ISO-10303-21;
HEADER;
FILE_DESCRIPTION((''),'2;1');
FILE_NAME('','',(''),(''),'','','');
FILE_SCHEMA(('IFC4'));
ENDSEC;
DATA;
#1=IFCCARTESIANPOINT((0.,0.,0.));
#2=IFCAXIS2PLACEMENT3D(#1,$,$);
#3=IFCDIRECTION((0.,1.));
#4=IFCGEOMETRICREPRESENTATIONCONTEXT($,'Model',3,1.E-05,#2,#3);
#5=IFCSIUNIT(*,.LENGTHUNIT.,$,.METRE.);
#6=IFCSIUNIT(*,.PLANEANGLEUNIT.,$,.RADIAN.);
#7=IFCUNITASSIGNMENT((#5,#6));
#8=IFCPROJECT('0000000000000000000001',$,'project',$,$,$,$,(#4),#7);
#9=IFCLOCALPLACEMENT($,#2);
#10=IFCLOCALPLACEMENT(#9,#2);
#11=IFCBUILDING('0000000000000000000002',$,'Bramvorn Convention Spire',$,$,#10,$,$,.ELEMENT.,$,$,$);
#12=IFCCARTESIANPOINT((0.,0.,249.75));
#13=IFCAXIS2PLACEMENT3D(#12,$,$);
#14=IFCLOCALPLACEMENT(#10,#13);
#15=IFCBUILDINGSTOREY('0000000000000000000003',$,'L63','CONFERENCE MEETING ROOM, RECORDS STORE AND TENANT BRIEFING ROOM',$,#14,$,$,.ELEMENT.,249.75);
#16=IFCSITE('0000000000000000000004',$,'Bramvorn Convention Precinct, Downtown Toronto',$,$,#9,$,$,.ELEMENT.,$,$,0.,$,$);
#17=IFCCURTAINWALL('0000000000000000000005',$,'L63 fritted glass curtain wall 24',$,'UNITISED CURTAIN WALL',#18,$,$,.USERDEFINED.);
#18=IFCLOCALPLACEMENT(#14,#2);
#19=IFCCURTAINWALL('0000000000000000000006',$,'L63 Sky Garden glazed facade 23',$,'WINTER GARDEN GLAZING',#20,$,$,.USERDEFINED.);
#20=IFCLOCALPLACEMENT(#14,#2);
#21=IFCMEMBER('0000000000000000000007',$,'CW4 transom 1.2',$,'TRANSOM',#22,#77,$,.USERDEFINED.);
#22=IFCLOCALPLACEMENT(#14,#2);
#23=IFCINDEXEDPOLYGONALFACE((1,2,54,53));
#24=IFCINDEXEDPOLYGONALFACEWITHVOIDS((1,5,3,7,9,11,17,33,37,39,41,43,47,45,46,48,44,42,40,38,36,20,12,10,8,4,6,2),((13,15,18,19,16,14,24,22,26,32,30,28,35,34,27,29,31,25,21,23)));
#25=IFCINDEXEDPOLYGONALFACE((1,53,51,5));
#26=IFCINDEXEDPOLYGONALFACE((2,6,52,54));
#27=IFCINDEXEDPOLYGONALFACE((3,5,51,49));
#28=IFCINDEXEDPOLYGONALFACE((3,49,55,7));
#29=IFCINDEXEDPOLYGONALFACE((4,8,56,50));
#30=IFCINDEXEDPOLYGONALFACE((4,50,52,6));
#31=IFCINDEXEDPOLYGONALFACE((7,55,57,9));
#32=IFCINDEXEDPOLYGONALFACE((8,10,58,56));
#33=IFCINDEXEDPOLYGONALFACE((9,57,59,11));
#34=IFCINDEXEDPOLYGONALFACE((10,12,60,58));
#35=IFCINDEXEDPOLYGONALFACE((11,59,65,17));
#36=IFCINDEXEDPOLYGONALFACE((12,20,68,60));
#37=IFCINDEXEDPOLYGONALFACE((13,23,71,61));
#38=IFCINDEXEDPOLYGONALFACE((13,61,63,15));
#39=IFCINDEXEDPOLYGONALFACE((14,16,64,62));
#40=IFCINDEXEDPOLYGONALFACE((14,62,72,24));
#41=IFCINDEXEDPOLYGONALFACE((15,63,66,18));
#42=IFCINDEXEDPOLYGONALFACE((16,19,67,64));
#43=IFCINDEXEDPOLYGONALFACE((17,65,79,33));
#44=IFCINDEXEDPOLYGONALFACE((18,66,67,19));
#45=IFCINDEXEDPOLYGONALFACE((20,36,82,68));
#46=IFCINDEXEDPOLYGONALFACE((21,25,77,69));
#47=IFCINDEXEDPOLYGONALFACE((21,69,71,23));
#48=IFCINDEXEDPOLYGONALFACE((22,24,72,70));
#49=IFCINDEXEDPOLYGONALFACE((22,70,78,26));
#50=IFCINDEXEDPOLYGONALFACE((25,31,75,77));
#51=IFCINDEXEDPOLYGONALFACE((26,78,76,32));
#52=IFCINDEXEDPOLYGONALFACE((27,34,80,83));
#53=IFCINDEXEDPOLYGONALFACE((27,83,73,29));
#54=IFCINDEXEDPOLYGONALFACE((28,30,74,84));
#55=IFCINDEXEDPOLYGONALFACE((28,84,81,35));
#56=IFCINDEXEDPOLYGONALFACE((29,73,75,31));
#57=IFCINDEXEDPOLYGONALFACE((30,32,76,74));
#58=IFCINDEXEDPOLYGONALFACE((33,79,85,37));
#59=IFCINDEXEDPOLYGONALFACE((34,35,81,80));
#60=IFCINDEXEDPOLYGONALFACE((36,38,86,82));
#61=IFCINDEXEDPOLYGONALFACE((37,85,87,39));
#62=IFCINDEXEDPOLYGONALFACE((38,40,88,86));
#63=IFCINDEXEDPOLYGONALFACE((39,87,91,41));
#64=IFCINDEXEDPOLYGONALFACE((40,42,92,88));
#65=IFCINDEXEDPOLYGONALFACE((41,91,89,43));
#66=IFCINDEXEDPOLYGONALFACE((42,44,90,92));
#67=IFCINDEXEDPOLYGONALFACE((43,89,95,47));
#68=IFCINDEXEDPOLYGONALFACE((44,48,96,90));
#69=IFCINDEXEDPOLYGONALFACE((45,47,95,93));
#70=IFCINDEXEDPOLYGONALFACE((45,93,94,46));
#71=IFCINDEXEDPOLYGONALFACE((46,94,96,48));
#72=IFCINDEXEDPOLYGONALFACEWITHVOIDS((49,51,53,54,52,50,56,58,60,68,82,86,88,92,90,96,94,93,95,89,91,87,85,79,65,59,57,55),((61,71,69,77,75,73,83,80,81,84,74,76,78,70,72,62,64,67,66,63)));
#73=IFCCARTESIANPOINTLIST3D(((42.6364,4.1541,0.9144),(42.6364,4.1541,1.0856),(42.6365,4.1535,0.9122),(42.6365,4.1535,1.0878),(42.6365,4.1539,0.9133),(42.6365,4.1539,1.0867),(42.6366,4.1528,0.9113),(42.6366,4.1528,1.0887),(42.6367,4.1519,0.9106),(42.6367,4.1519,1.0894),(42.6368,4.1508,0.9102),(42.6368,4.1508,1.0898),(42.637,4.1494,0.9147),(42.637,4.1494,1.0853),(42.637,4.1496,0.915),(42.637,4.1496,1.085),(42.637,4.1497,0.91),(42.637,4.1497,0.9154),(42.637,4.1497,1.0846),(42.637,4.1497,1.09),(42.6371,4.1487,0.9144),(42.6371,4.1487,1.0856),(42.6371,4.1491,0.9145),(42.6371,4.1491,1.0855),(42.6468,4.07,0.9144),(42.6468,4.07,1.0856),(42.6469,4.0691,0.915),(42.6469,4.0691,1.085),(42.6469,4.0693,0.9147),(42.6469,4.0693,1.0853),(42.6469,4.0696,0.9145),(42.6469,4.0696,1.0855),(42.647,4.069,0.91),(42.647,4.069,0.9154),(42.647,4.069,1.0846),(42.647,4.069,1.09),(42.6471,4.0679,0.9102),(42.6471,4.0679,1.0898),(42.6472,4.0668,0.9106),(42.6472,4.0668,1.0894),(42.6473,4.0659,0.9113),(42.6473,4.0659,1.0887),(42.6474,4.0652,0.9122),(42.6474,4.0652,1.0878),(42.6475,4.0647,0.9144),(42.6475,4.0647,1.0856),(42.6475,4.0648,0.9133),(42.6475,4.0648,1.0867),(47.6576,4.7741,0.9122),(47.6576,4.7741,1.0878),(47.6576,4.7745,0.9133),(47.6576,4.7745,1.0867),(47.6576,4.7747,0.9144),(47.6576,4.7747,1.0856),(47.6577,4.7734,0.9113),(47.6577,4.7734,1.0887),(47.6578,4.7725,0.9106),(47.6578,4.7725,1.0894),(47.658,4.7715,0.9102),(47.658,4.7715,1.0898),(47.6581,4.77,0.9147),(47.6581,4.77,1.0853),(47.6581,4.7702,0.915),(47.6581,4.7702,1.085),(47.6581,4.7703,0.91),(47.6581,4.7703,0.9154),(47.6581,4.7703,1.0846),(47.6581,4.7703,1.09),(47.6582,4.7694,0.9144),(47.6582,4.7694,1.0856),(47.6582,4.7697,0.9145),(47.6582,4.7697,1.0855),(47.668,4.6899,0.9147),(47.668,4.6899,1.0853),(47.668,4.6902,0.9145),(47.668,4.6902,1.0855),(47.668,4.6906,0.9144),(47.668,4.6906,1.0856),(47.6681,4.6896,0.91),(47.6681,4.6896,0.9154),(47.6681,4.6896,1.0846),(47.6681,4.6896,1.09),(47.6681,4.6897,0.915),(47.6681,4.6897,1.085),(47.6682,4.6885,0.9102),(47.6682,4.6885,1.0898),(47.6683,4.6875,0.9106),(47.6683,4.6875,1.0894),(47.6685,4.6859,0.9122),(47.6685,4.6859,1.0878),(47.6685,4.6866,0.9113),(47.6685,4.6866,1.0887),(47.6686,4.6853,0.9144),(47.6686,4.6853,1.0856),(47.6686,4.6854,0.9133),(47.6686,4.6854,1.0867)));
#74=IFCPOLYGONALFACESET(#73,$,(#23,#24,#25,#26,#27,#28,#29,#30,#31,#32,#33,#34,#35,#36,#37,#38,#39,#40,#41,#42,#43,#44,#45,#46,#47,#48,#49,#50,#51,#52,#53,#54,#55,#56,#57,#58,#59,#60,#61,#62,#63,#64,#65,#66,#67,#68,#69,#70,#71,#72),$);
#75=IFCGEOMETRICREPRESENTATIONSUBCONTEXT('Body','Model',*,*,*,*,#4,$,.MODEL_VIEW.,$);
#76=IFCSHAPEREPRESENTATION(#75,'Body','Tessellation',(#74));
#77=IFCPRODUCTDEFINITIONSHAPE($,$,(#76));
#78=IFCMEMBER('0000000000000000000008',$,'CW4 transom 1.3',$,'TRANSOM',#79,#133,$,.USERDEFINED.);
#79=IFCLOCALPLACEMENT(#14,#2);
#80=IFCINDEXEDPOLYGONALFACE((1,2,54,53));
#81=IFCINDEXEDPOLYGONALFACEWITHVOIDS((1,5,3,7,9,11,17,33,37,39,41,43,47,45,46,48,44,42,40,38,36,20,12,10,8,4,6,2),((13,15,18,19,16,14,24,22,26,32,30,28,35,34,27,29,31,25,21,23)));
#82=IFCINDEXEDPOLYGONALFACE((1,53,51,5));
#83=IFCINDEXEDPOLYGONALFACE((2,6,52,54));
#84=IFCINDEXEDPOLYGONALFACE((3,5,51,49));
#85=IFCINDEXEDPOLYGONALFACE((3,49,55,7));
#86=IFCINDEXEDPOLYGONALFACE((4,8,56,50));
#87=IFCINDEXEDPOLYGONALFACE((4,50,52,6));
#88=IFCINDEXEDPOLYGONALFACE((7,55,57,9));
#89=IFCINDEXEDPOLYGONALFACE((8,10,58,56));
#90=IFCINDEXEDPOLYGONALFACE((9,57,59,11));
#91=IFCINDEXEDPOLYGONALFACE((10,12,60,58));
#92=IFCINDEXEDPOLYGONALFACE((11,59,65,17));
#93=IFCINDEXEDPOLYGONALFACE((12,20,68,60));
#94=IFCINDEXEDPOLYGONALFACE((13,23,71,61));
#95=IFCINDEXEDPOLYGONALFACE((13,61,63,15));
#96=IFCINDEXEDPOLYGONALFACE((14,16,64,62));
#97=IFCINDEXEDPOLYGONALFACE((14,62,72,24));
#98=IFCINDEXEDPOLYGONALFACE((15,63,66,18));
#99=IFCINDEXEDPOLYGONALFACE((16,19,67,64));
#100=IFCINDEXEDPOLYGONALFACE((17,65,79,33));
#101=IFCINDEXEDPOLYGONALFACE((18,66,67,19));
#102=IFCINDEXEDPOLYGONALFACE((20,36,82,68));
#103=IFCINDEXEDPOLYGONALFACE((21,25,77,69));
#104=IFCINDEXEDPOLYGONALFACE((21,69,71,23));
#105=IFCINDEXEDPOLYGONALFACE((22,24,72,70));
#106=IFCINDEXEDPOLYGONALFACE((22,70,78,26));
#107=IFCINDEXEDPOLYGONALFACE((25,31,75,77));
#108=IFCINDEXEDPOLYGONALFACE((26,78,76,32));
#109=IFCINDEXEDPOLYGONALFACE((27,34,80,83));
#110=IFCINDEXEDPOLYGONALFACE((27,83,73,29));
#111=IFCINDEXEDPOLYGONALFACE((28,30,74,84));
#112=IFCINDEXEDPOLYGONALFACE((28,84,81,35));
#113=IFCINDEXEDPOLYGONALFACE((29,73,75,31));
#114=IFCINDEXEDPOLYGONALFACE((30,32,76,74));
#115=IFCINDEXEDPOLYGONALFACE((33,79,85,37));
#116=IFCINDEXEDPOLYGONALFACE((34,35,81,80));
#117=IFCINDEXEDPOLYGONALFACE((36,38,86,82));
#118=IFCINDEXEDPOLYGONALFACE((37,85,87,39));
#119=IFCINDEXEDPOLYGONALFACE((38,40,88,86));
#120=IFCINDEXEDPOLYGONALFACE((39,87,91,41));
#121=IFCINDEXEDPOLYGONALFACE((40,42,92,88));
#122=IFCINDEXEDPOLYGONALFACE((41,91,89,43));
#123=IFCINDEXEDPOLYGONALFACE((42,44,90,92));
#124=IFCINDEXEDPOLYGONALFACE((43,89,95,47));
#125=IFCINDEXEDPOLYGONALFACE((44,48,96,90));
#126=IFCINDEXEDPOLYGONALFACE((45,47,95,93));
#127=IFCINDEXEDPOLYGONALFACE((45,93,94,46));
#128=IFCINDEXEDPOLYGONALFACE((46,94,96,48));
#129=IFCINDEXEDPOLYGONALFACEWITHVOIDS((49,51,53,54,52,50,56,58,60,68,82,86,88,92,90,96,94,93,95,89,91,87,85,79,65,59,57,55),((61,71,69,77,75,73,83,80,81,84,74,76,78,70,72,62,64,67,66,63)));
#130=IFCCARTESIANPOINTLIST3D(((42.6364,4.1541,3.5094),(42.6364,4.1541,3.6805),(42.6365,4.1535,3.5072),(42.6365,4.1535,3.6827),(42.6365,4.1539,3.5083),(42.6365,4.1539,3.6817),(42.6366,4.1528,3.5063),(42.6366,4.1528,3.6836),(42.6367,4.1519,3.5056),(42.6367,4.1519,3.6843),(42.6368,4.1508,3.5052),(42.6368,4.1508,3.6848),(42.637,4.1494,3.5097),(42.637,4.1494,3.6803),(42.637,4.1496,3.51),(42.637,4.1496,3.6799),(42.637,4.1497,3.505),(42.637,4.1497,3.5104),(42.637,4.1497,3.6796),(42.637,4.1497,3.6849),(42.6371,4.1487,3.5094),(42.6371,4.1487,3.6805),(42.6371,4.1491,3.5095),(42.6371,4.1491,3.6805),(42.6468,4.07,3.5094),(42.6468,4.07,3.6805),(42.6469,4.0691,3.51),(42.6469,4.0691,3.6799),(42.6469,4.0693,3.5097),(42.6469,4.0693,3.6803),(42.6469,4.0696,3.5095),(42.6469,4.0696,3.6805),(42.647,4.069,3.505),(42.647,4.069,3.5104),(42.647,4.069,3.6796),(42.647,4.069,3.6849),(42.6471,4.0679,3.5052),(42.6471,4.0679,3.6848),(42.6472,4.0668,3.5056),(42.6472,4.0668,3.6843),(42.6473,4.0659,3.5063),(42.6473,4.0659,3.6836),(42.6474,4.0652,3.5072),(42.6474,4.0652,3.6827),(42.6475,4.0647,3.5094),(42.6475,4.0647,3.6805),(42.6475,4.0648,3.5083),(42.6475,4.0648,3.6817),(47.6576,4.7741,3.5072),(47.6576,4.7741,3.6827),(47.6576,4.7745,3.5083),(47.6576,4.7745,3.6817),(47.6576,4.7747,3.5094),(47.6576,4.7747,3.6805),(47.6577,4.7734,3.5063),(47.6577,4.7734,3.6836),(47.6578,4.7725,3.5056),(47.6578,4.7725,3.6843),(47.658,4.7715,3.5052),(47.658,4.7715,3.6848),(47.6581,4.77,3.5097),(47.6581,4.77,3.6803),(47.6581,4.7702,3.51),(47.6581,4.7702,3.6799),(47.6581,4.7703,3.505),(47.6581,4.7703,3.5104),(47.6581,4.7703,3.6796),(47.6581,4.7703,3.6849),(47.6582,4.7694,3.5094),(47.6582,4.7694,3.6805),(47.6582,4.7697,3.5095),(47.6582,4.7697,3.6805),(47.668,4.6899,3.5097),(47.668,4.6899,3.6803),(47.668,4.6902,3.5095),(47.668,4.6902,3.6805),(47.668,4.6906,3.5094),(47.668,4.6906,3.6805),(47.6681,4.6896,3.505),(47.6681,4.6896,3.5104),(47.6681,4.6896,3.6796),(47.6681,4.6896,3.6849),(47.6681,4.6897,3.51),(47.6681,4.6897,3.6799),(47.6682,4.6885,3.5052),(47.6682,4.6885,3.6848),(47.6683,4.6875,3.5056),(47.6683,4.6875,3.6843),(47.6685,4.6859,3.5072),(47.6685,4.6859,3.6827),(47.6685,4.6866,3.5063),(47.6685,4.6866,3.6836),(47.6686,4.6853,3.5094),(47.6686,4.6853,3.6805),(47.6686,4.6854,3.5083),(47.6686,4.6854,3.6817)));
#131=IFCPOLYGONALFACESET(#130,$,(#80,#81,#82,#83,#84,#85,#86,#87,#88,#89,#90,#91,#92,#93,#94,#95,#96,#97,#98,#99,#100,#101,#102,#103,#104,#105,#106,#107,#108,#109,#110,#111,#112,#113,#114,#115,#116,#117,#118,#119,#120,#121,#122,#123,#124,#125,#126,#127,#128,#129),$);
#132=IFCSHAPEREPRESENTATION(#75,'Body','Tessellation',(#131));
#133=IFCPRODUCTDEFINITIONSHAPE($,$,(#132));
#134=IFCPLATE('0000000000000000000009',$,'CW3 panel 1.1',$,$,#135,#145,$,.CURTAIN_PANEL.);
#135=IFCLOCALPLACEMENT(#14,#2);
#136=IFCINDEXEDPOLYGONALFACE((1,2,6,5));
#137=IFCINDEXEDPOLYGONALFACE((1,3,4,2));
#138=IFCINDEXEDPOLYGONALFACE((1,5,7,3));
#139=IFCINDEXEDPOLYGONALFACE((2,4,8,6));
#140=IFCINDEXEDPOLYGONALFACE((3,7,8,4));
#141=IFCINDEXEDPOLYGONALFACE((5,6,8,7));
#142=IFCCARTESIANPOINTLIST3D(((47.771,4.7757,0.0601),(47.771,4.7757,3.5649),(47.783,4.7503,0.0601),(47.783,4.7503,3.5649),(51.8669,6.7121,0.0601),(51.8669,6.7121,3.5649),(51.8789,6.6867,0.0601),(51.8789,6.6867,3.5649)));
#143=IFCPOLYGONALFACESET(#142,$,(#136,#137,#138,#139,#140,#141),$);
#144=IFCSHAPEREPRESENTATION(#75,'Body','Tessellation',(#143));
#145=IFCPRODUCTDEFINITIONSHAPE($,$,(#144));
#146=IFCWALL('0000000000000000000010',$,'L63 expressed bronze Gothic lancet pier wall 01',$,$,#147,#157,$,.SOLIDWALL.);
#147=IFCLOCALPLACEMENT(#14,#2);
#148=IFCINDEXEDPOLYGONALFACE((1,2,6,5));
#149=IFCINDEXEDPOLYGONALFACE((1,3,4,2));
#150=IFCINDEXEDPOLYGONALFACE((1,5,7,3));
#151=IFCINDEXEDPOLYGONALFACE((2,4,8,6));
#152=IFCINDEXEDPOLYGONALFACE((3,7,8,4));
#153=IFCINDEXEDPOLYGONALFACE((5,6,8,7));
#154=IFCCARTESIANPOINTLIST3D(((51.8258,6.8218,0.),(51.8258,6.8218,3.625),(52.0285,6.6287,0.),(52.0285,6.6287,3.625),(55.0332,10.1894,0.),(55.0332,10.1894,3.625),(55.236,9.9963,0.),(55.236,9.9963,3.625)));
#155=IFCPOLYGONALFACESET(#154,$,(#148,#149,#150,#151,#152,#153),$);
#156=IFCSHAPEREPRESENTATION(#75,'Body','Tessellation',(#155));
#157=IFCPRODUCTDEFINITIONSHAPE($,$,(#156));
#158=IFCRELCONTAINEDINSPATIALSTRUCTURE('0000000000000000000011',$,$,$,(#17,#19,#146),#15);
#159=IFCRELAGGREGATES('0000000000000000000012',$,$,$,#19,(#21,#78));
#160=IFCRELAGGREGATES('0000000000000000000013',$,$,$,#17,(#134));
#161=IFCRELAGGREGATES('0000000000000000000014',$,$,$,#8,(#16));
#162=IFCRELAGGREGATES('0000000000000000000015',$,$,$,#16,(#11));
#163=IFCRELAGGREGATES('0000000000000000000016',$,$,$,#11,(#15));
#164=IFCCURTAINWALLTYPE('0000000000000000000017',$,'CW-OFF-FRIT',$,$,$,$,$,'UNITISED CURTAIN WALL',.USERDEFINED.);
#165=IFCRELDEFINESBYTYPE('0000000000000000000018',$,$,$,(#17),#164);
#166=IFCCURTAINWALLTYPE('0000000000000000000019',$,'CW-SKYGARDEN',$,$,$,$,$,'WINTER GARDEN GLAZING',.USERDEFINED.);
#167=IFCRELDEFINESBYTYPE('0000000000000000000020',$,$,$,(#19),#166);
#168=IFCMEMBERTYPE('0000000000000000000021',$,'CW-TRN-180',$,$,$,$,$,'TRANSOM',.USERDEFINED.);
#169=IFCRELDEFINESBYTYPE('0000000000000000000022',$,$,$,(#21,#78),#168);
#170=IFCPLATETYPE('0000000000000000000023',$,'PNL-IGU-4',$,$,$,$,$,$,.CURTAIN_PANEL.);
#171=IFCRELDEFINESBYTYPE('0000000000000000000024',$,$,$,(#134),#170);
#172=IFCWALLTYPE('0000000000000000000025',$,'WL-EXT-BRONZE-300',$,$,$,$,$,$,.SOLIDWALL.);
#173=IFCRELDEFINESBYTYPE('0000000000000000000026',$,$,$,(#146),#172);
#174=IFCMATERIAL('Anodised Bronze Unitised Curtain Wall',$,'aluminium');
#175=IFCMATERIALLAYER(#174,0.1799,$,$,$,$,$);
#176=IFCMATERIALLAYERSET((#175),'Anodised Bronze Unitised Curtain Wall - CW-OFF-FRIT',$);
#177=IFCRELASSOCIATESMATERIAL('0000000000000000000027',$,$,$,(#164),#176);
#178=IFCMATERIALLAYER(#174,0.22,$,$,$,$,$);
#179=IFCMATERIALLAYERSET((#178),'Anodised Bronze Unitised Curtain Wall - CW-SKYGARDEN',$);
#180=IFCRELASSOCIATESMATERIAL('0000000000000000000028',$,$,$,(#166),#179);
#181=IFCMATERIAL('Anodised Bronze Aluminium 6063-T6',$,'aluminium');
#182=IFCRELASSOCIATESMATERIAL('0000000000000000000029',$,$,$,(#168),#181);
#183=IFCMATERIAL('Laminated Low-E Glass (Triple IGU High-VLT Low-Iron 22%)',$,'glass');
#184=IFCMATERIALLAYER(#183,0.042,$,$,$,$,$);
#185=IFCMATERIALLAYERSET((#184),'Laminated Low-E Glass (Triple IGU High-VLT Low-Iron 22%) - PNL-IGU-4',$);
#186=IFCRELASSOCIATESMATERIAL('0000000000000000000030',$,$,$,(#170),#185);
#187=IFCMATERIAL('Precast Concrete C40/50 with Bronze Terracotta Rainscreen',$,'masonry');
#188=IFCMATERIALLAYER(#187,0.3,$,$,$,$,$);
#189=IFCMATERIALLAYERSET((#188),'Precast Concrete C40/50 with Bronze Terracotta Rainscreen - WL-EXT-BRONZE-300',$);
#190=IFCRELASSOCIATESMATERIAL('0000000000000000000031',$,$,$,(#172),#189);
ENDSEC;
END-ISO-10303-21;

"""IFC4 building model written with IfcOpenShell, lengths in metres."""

from ifc_helpers import new_model, si_unit, direction, frame, frame_2d, origin, origin_2d, place, context, subcontext, project, spatial, rectangle, hollow_rectangle, extrude, material, layer, layer_set, material_profile, profile_set, type_object, element, aggregate, save


model = new_model("IFC4")

# Units and contexts
model_context = context("Model", 3, precision=1e-05, world=origin(), true_north=direction((0.0, 1.0)))
body_context = subcontext(model_context, "Body", "Model", "MODEL_VIEW")
ifc_project = project(units=[si_unit("LENGTHUNIT", "METRE"), si_unit("PLANEANGLEUNIT", "RADIAN")], contexts=[model_context])

# Site, building, storey
site_placement = place(None, origin())
site = spatial("IfcSite", under=ifc_project, at=site_placement, Name="Bramvorn Convention Precinct, Downtown Toronto", CompositionType="ELEMENT", RefElevation=0.0)
building_placement = place(site_placement, origin())
building = spatial("IfcBuilding", under=site, at=building_placement, Name="Bramvorn Convention Spire", CompositionType="ELEMENT")
storey_placement = place(building_placement, frame((0.0, 0.0, 249.75)))
storey = spatial("IfcBuildingStorey", under=building, at=storey_placement, Name="L63", Description="CONFERENCE MEETING ROOM, RECORDS STORE AND TENANT BRIEFING ROOM", CompositionType="ELEMENT", Elevation=249.75)

# Curtain wall
ifc_material_1 = material(Name="Anodised Bronze Unitised Curtain Wall", Category="aluminium")
ifc_layer_1 = layer(ifc_material_1, 0.1799)
ifc_layer_set_1 = layer_set([ifc_layer_1], Name="Anodised Bronze Unitised Curtain Wall - CW-OFF-FRIT")
curtain_wall_type_1 = type_object("IfcCurtainWallType", Name="CW-OFF-FRIT", ElementType="UNITISED CURTAIN WALL", PredefinedType="USERDEFINED", material=ifc_layer_set_1)
curtain_wall_1_placement = place(storey_placement, origin())
curtain_wall_1 = element("IfcCurtainWall", 1, at=curtain_wall_1_placement, inside=storey, type_object=curtain_wall_type_1, Name="L63 fritted glass curtain wall 24", ObjectType="UNITISED CURTAIN WALL", PredefinedType="USERDEFINED")
ifc_material_2 = material(Name="Anodised Bronze Aluminium 6063-T6", Category="aluminium")

# Curtain wall
ifc_layer_2 = layer(ifc_material_1, 0.22)
ifc_layer_set_2 = layer_set([ifc_layer_2], Name="Anodised Bronze Unitised Curtain Wall - CW-SKYGARDEN")
curtain_wall_type_2 = type_object("IfcCurtainWallType", Name="CW-SKYGARDEN", ElementType="WINTER GARDEN GLAZING", PredefinedType="USERDEFINED", material=ifc_layer_set_2)
curtain_wall_2_placement = place(storey_placement, origin())
curtain_wall_2 = element("IfcCurtainWall", 2, at=curtain_wall_2_placement, inside=storey, type_object=curtain_wall_type_2, Name="L63 Sky Garden glazed facade 23", ObjectType="WINTER GARDEN GLAZING", PredefinedType="USERDEFINED")

# Members
ifc_material_profile_1 = material_profile(ifc_material_2, hollow_rectangle(XDim=0.0901, YDim=0.1799, WallThickness=0.0044, InnerFilletRadius=0.001, OuterFilletRadius=0.0044, at=origin_2d()))
ifc_profile_set_1 = profile_set([ifc_material_profile_1], Name="Anodised Bronze Aluminium 6063-T6 - CWT90X180")
member_type_1 = type_object("IfcMemberType", Name="CW-TRN-180", ElementType="TRANSOM", PredefinedType="USERDEFINED", material=ifc_profile_set_1)
member_1_placement = place(storey_placement, frame((47.6631, 4.73, 1.0), z_axis=(-0.992448, -0.122669, 0.0), x_axis=(0.122669, -0.992448, 0.0)))
member_1 = element("IfcMember", 3, at=member_1_placement, type_object=member_type_1, Name="CW4 transom 1.2", ObjectType="TRANSOM", PredefinedType="USERDEFINED", context=body_context, shape_type="SweptSolid", body=[
    extrude(hollow_rectangle(XDim=0.0901, YDim=0.1799, WallThickness=0.0044, InnerFilletRadius=0.001, OuterFilletRadius=0.0044, at=origin_2d()), origin(), (0.0, 0.0, 1.0), 5.0593),
])
member_2_placement = place(storey_placement, frame((47.6631, 4.73, 3.595), z_axis=(-0.992448, -0.122669, 0.0), x_axis=(0.122669, -0.992448, 0.0)))
member_2 = element("IfcMember", 4, at=member_2_placement, type_object=member_type_1, Name="CW4 transom 1.3", ObjectType="TRANSOM", PredefinedType="USERDEFINED", context=body_context, shape_type="SweptSolid", body=[
    extrude(hollow_rectangle(XDim=0.0901, YDim=0.1799, WallThickness=0.0044, InnerFilletRadius=0.001, OuterFilletRadius=0.0044, at=origin_2d()), origin(), (0.0, 0.0, 1.0), 5.0593),
])
aggregate(curtain_wall_2, [member_1, member_2])

# Plate
ifc_material_3 = material(Name="Laminated Low-E Glass (Triple IGU High-VLT Low-Iron 22%)", Category="glass")
ifc_layer_3 = layer(ifc_material_3, 0.042)
ifc_layer_set_3 = layer_set([ifc_layer_3], Name="Laminated Low-E Glass (Triple IGU High-VLT Low-Iron 22%) - PNL-IGU-4")
plate_type = type_object("IfcPlateType", Name="PNL-IGU-4", PredefinedType="CURTAIN_PANEL", material=ifc_layer_set_3)
plate_placement = place(storey_placement, frame((49.825, 5.7312, 0.0601), z_axis=(0.0, 0.0, 1.0), x_axis=(-0.904059, -0.427409, 0.0)))
plate = element("IfcPlate", 5, at=plate_placement, type_object=plate_type, Name="CW3 panel 1.1", PredefinedType="CURTAIN_PANEL", context=body_context, shape_type="SweptSolid", body=[
    extrude(rectangle(XDim=4.5305, YDim=0.0281, at=origin_2d()), origin(), (0.0, 0.0, 1.0), 3.5049),
])
aggregate(curtain_wall_1, [plate])

# Wall
ifc_material_4 = material(Name="Precast Concrete C40/50 with Bronze Terracotta Rainscreen", Category="masonry")
ifc_layer_4 = layer(ifc_material_4, 0.3)
ifc_layer_set_4 = layer_set([ifc_layer_4], Name="Precast Concrete C40/50 with Bronze Terracotta Rainscreen - WL-EXT-BRONZE-300")
wall_type_1 = type_object("IfcWallType", Name="WL-EXT-BRONZE-300", PredefinedType="SOLIDWALL", material=ifc_layer_set_4)
wall_1_placement = place(storey_placement, frame((55.1345, 10.0928, 0.0), z_axis=(0.0, 0.0, 1.0), x_axis=(-0.689679, -0.724115, 0.0)))
element("IfcWall", 6, at=wall_1_placement, inside=storey, type_object=wall_type_1, Name="L63 expressed bronze Gothic lancet pier wall 01", PredefinedType="SOLIDWALL", context=body_context, shape_type="SweptSolid", body=[
    extrude(rectangle(XDim=4.6506, YDim=0.28, at=frame_2d((2.3252, 0.0))), origin(), (0.0, 0.0, 1.0), 3.625),
])

save(model, "model.ifc")
